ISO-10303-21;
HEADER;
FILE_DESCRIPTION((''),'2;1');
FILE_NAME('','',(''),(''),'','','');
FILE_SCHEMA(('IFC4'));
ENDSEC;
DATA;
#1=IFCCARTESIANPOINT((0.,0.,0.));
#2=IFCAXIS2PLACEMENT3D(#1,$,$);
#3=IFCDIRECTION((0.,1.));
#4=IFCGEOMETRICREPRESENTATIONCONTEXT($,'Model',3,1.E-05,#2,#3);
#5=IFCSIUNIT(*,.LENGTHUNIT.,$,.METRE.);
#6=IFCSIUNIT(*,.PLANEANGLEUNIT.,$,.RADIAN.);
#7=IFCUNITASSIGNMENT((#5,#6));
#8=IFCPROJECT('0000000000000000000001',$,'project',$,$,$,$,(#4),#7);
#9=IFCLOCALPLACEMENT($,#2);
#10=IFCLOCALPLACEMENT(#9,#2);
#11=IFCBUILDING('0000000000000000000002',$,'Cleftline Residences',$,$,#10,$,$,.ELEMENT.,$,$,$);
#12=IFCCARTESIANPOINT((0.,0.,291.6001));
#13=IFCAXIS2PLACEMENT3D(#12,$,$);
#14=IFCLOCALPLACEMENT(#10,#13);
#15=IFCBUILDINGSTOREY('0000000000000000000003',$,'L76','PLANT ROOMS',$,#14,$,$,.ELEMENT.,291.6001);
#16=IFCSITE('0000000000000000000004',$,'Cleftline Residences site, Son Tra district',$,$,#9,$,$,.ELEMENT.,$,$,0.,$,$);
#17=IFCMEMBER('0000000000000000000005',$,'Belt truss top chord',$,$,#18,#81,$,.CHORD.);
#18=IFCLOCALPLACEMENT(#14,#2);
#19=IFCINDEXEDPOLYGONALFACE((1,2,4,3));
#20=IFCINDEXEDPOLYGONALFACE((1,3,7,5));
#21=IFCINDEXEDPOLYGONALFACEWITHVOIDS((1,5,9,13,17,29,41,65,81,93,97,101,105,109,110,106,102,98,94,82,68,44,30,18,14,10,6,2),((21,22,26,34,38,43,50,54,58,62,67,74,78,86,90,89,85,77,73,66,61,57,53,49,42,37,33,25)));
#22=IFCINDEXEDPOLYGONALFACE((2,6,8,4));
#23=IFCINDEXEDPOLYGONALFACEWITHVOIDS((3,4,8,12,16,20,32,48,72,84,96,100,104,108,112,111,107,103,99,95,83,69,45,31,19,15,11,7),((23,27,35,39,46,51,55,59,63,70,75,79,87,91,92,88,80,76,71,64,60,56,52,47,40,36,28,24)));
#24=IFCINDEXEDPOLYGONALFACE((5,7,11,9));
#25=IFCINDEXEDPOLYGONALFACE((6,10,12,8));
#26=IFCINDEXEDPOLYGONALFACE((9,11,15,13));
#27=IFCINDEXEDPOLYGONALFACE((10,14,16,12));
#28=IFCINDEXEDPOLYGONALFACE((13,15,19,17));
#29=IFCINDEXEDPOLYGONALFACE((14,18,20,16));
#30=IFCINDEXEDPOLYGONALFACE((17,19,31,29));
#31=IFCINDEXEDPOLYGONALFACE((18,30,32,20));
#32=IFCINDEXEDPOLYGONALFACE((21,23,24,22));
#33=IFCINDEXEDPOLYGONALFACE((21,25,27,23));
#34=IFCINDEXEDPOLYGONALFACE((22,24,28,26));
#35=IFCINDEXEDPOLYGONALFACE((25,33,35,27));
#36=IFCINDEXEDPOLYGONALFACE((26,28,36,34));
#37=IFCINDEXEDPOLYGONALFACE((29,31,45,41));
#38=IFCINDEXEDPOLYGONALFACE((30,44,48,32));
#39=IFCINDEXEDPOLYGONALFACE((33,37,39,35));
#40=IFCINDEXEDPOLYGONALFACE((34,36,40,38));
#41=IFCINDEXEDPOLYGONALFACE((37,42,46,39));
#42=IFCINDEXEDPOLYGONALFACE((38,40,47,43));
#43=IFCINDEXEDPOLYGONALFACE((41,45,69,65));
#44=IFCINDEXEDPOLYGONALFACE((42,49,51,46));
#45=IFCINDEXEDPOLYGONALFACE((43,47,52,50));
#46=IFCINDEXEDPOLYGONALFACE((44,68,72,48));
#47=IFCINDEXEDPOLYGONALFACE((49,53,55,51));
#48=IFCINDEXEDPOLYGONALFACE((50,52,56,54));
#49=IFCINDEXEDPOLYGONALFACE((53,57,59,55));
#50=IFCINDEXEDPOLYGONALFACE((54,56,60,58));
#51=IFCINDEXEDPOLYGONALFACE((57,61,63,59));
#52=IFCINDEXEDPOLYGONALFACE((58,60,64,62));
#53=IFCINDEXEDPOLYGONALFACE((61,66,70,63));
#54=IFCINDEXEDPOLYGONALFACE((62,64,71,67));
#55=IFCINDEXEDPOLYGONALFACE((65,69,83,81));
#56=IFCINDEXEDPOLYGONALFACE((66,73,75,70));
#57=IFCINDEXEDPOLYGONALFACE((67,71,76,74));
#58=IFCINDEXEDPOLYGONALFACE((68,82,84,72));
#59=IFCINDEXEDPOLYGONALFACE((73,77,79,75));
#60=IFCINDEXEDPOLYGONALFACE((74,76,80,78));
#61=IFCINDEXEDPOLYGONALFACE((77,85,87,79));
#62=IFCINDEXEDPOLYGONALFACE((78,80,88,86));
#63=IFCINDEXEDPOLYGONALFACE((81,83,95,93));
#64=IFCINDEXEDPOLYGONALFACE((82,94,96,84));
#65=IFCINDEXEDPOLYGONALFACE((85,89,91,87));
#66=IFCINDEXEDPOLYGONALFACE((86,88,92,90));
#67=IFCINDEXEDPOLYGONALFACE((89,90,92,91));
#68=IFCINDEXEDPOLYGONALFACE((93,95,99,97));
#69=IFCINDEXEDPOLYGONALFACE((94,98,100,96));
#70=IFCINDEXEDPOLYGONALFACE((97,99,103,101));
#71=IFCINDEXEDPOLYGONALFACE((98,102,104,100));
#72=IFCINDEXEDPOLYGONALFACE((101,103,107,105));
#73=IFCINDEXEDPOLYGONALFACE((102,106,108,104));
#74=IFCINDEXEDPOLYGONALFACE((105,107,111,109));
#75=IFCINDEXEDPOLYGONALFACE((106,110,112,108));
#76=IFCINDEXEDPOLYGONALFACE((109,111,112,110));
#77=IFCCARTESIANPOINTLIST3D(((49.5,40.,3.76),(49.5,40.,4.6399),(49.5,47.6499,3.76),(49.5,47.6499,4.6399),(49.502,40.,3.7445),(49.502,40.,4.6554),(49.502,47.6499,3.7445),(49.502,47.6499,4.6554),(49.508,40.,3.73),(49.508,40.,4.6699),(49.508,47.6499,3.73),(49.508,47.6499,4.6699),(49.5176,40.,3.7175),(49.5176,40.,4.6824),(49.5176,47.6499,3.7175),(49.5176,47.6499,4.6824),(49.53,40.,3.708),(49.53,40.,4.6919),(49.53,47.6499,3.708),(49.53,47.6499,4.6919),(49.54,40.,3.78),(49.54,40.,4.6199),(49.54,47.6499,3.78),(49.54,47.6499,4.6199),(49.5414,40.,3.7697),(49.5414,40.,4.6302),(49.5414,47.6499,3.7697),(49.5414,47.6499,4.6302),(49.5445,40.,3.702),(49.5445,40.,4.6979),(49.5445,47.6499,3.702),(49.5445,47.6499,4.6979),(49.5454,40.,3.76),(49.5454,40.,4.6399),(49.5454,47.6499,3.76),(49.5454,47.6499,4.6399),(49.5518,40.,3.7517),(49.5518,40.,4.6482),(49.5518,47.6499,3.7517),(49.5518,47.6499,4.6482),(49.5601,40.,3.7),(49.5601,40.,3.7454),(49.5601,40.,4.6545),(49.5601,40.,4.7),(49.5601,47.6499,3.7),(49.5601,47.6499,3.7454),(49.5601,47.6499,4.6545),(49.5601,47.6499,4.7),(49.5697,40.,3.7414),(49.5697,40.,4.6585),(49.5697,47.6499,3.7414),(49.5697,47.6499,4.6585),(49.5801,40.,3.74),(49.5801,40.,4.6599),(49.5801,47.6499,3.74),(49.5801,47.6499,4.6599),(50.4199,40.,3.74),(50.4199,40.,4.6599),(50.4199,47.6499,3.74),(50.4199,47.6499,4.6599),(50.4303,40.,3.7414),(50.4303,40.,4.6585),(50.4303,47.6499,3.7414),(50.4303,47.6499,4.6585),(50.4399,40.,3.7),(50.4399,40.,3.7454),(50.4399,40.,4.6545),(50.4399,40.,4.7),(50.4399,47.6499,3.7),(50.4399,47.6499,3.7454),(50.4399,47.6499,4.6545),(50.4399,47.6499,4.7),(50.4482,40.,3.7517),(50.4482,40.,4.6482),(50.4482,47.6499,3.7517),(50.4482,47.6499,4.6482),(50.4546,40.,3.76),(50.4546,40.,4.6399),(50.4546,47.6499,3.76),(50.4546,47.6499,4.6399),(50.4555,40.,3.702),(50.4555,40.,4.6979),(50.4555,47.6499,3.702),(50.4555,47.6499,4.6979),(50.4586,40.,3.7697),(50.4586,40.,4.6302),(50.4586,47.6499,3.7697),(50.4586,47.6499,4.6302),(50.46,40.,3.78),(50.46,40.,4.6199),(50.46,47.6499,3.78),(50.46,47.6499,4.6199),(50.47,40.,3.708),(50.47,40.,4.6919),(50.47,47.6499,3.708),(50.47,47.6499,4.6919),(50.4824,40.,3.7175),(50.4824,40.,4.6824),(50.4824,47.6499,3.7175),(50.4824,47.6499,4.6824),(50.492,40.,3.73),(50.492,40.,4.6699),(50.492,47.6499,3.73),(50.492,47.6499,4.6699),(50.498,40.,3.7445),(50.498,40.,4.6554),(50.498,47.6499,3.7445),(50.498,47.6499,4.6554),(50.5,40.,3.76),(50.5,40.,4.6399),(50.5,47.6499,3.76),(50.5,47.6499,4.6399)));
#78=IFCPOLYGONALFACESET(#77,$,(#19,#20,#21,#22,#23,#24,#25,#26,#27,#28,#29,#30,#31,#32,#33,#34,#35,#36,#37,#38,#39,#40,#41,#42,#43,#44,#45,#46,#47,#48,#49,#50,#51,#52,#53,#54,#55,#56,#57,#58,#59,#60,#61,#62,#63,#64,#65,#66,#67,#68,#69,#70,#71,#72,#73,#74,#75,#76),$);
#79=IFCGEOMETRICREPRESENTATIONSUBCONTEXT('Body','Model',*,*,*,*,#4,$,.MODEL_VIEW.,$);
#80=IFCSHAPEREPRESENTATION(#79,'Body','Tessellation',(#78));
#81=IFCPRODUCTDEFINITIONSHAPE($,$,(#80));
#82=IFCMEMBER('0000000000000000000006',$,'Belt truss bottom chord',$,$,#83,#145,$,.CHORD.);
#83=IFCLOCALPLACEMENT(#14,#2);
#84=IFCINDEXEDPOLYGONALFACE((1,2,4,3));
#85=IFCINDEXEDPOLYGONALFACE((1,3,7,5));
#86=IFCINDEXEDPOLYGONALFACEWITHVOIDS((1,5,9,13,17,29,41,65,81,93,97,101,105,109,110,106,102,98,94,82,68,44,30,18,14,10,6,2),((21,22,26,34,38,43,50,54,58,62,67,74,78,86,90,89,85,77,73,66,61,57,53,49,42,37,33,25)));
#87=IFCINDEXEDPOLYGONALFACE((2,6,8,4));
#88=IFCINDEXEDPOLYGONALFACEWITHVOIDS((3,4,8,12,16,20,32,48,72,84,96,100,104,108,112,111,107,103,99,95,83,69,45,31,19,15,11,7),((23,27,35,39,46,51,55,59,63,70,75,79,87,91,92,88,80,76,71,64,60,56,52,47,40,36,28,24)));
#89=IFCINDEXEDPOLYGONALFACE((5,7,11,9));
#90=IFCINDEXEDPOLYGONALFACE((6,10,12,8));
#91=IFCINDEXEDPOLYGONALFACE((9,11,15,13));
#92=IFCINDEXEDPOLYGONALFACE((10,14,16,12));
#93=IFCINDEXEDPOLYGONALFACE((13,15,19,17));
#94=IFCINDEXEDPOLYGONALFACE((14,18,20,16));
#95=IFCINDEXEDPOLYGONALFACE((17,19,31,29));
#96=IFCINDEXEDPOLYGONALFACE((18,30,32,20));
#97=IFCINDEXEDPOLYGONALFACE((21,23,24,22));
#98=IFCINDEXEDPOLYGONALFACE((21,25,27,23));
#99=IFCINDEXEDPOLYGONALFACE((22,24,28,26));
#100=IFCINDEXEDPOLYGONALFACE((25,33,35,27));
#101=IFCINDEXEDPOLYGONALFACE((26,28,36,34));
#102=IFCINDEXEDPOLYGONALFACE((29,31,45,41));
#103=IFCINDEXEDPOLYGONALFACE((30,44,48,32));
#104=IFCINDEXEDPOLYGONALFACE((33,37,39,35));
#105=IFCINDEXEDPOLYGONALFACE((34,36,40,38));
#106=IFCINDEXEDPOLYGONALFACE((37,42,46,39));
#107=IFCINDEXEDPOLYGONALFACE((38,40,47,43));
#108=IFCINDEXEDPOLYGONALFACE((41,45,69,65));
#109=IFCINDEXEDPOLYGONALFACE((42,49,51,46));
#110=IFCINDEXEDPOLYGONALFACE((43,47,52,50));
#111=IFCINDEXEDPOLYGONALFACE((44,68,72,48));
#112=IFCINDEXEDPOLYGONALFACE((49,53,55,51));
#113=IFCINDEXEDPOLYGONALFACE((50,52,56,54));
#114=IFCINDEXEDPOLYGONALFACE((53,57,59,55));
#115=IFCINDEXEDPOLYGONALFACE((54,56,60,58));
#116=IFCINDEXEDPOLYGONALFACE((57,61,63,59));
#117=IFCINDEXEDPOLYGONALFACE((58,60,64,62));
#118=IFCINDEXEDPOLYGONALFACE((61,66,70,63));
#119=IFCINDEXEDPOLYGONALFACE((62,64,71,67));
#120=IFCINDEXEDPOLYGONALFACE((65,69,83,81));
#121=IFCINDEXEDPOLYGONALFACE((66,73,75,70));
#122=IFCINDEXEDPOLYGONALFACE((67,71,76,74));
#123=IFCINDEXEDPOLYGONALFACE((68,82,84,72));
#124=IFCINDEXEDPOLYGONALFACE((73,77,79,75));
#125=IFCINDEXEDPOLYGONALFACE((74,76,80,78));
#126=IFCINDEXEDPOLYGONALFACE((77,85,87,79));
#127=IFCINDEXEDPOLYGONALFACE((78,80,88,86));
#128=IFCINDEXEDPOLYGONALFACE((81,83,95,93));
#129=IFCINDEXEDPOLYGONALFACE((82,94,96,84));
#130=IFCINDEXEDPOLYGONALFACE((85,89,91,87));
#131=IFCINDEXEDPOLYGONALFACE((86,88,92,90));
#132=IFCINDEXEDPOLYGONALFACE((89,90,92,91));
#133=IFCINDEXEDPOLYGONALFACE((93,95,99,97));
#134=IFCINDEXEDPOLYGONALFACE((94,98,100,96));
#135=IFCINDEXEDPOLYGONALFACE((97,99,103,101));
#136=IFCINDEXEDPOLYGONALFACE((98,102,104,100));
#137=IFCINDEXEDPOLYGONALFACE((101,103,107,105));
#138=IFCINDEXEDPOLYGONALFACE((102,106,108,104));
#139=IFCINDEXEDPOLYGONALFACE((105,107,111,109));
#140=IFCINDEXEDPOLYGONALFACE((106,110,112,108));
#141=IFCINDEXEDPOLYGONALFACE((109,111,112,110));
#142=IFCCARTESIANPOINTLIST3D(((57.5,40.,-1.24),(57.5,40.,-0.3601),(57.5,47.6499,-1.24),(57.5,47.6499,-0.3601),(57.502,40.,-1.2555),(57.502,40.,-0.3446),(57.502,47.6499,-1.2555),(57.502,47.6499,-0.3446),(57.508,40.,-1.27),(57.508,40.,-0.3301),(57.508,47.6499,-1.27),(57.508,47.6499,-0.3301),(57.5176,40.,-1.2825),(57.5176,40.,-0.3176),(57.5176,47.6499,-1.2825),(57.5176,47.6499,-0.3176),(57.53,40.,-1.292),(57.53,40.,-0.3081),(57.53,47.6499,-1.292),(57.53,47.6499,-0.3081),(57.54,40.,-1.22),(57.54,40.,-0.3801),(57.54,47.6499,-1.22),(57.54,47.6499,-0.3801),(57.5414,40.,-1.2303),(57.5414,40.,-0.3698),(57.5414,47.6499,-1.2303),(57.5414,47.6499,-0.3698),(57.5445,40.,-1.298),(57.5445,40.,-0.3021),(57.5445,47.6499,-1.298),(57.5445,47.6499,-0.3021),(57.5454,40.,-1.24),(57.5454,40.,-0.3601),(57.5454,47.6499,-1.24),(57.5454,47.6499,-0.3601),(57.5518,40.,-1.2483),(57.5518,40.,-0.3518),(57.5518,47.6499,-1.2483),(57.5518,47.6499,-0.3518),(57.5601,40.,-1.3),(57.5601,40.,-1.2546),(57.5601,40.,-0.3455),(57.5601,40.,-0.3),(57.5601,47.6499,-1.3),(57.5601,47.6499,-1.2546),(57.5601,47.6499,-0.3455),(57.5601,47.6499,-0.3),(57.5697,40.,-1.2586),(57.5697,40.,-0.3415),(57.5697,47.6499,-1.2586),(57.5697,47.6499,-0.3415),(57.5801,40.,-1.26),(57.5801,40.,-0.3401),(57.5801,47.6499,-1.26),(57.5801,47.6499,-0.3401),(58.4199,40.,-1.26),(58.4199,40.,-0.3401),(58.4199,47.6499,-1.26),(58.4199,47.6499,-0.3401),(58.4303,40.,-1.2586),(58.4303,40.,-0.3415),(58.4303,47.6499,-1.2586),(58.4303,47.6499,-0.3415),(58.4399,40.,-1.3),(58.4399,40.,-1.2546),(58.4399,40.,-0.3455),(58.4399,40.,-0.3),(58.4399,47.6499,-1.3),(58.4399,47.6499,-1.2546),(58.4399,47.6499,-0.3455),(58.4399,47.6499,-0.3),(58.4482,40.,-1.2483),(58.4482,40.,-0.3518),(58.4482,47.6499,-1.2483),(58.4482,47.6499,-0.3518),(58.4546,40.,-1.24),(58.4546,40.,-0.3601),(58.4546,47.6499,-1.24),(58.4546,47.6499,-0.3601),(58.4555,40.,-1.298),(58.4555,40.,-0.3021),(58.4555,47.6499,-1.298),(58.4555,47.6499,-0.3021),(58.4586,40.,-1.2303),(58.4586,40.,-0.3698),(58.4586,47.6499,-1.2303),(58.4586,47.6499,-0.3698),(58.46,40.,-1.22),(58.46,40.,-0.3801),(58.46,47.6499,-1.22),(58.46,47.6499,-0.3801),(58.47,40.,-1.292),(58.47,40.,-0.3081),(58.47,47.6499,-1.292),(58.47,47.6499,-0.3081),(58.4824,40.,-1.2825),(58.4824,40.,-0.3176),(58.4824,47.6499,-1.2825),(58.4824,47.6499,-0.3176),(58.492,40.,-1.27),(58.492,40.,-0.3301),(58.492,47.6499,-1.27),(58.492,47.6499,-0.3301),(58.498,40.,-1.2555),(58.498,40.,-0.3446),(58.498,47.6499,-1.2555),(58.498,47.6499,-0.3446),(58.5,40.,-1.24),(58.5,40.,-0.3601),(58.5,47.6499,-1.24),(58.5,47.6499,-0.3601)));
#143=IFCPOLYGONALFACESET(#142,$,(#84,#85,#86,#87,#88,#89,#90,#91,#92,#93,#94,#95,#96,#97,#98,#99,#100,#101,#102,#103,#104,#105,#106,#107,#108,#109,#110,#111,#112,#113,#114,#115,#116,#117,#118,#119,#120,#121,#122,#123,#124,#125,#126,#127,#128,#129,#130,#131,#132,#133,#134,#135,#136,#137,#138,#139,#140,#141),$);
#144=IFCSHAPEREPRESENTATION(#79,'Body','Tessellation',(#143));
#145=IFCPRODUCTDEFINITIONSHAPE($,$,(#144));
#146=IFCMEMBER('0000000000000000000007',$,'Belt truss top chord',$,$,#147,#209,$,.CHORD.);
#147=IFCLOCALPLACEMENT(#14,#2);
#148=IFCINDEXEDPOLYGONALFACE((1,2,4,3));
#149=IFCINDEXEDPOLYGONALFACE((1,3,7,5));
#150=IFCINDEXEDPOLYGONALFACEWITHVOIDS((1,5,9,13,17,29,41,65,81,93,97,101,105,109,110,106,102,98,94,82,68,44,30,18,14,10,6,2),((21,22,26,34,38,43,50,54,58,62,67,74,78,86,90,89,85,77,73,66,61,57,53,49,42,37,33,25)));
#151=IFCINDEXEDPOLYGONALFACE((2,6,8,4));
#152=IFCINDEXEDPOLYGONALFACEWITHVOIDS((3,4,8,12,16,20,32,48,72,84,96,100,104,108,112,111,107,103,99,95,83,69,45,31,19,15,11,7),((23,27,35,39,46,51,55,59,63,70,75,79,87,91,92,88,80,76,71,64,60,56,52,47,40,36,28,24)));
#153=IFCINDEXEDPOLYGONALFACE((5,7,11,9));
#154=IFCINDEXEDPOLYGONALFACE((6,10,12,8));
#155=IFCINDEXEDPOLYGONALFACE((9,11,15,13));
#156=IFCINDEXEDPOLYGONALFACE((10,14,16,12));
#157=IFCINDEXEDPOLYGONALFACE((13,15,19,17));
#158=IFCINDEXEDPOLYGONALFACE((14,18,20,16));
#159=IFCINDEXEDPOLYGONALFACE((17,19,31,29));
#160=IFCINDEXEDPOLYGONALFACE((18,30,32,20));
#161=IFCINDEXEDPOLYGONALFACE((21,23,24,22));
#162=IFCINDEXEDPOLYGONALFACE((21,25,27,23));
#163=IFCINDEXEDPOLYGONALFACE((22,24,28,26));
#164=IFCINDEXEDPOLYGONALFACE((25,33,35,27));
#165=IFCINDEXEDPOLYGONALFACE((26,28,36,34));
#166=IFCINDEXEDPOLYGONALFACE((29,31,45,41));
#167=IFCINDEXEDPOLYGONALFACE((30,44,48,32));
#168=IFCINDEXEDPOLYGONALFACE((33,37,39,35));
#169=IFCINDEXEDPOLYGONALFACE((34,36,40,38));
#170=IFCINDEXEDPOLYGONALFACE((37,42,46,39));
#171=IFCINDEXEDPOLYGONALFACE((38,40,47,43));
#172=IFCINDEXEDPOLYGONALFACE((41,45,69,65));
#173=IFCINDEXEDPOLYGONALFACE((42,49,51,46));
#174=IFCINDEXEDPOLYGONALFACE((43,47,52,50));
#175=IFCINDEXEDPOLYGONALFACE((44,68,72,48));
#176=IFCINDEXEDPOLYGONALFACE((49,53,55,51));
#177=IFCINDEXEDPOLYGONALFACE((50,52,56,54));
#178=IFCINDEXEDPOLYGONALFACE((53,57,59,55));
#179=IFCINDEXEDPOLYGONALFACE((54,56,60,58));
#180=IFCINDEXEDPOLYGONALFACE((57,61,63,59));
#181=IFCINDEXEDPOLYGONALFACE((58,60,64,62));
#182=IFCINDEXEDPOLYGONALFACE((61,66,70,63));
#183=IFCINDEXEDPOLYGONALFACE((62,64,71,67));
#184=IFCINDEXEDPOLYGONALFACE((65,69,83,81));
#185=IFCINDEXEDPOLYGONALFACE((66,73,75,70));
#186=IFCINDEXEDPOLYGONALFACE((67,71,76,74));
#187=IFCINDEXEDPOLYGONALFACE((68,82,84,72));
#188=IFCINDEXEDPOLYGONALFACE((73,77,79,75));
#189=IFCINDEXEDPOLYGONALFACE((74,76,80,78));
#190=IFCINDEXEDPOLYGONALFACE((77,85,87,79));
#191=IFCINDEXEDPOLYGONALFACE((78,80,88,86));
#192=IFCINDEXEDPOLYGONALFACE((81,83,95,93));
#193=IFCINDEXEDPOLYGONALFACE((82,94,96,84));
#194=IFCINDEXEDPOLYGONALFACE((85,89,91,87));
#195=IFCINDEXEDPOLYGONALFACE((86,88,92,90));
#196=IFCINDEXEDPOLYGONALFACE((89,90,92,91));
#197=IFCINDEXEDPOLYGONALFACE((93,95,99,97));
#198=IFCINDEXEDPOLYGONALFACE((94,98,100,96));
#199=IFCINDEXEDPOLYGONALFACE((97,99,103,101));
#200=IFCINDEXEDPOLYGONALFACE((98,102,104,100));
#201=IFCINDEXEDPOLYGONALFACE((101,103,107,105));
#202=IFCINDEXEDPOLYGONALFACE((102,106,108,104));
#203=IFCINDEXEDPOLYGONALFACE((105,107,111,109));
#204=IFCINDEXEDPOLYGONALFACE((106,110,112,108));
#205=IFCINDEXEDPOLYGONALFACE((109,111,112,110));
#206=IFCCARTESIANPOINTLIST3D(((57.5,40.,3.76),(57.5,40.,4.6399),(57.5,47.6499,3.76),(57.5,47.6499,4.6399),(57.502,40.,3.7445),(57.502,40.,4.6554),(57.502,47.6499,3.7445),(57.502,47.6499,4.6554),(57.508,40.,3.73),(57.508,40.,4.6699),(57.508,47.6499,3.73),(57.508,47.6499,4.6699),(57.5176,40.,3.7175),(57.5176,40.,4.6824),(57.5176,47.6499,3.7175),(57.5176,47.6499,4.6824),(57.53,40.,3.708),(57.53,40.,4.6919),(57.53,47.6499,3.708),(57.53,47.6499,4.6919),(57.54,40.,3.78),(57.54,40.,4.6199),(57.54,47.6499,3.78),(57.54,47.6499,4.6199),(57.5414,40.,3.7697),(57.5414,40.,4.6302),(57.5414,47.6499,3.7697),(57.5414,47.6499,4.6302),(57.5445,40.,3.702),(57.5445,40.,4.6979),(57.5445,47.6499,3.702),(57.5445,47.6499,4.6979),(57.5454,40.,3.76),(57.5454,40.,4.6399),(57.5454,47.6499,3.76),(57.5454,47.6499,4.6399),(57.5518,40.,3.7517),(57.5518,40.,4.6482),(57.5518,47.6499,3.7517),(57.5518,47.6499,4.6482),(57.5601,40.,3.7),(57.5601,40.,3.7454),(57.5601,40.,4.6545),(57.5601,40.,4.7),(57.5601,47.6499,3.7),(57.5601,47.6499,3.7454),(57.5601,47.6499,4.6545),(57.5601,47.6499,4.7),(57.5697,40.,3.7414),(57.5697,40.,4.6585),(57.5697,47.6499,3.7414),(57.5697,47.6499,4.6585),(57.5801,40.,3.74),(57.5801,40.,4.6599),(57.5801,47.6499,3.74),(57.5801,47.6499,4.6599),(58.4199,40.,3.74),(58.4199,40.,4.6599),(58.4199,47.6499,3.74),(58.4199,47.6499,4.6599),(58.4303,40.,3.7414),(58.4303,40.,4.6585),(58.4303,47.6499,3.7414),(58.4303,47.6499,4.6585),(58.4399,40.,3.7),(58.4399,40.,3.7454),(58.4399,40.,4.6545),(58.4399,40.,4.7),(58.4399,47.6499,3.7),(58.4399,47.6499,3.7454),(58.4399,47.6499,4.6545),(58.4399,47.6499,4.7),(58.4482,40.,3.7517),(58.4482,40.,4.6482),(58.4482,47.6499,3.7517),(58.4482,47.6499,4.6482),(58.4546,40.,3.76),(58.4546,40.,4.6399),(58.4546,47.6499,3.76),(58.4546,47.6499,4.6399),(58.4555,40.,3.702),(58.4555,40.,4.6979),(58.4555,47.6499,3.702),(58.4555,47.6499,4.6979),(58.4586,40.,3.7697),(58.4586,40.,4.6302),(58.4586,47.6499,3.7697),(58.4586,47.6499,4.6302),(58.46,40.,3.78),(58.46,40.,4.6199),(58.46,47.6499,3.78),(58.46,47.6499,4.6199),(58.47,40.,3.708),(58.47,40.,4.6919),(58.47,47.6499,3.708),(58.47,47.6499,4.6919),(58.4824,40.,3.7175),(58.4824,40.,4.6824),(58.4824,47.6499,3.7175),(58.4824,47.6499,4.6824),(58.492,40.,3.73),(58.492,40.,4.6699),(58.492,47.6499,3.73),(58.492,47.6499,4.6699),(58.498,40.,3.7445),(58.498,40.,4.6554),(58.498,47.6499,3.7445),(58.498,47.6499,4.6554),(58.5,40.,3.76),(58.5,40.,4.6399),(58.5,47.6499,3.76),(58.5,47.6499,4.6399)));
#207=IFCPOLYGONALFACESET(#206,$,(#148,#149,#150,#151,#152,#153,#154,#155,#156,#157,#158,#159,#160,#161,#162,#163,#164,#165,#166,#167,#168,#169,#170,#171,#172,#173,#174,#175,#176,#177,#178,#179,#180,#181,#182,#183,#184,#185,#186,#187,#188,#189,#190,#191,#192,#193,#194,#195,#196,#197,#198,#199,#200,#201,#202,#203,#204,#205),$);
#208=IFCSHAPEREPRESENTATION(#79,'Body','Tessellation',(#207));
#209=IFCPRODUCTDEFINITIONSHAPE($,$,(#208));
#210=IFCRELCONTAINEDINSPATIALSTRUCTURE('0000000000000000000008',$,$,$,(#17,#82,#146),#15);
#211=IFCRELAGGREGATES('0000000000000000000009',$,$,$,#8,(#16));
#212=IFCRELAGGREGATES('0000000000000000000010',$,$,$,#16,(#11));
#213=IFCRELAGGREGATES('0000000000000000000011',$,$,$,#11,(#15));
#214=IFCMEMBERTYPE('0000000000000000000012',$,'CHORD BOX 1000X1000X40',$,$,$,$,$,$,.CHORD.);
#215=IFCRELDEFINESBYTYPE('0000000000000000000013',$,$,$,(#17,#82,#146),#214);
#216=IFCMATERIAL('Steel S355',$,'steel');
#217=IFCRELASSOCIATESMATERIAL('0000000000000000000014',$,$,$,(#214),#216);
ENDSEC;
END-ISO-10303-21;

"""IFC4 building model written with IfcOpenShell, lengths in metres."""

from ifc_helpers import new_model, si_unit, direction, frame, origin, origin_2d, place, context, subcontext, project, spatial, hollow_rectangle, extrude, material, material_profile, profile_set, type_object, element, save


model = new_model("IFC4")

# Units and contexts
model_context = context("Model", 3, precision=1e-05, world=origin(), true_north=direction((0.0, 1.0)))
body_context = subcontext(model_context, "Body", "Model", "MODEL_VIEW")
ifc_project = project(units=[si_unit("LENGTHUNIT", "METRE"), si_unit("PLANEANGLEUNIT", "RADIAN")], contexts=[model_context])

# Site, building, storey
site_placement = place(None, origin())
site = spatial("IfcSite", under=ifc_project, at=site_placement, Name="Cleftline Residences site, Son Tra district", CompositionType="ELEMENT", RefElevation=0.0)
building_placement = place(site_placement, origin())
building = spatial("IfcBuilding", under=site, at=building_placement, Name="Cleftline Residences", CompositionType="ELEMENT")
storey_placement = place(building_placement, frame((0.0, 0.0, 291.6001)))
storey = spatial("IfcBuildingStorey", under=building, at=storey_placement, Name="L76", Description="PLANT ROOMS", CompositionType="ELEMENT", Elevation=291.6001)

# Members
ifc_material_1 = material(Name="Steel S355", Category="steel")
ifc_material_profile_1 = material_profile(ifc_material_1, hollow_rectangle(XDim=1.0, YDim=1.0, WallThickness=0.04, InnerFilletRadius=0.04, OuterFilletRadius=0.0601, at=origin_2d()))
ifc_profile_set_1 = profile_set([ifc_material_profile_1], Name="Steel S355")
member_type_1 = type_object("IfcMemberType", Name="CHORD BOX 1000X1000X40", PredefinedType="CHORD", material=ifc_profile_set_1)
for number, where, z_axis, x_axis, name in (
    (1, (50.0, 40.0, 4.2), (0.0, 1.0, 0.0), (-1.0, 0.0, 0.0), "Belt truss top chord"),
    (2, (58.0, 40.0, -0.8), (0.0, 1.0, 0.0), (-1.0, 0.0, 0.0), "Belt truss bottom chord"),
    (3, (58.0, 40.0, 4.2), (0.0, 1.0, 0.0), (-1.0, 0.0, 0.0), "Belt truss top chord"),
):
    element("IfcMember", number, at=place(storey_placement, frame(where, z_axis=z_axis, x_axis=x_axis)), inside=storey, type_object=member_type_1, Name=name, PredefinedType="CHORD", context=body_context, shape_type="SweptSolid", body=[
        extrude(hollow_rectangle(XDim=1.0, YDim=1.0, WallThickness=0.04, InnerFilletRadius=0.04, OuterFilletRadius=0.0601, at=origin_2d()), origin(), (0.0, 0.0, 1.0), 7.6499),
    ])

save(model, "model.ifc")
